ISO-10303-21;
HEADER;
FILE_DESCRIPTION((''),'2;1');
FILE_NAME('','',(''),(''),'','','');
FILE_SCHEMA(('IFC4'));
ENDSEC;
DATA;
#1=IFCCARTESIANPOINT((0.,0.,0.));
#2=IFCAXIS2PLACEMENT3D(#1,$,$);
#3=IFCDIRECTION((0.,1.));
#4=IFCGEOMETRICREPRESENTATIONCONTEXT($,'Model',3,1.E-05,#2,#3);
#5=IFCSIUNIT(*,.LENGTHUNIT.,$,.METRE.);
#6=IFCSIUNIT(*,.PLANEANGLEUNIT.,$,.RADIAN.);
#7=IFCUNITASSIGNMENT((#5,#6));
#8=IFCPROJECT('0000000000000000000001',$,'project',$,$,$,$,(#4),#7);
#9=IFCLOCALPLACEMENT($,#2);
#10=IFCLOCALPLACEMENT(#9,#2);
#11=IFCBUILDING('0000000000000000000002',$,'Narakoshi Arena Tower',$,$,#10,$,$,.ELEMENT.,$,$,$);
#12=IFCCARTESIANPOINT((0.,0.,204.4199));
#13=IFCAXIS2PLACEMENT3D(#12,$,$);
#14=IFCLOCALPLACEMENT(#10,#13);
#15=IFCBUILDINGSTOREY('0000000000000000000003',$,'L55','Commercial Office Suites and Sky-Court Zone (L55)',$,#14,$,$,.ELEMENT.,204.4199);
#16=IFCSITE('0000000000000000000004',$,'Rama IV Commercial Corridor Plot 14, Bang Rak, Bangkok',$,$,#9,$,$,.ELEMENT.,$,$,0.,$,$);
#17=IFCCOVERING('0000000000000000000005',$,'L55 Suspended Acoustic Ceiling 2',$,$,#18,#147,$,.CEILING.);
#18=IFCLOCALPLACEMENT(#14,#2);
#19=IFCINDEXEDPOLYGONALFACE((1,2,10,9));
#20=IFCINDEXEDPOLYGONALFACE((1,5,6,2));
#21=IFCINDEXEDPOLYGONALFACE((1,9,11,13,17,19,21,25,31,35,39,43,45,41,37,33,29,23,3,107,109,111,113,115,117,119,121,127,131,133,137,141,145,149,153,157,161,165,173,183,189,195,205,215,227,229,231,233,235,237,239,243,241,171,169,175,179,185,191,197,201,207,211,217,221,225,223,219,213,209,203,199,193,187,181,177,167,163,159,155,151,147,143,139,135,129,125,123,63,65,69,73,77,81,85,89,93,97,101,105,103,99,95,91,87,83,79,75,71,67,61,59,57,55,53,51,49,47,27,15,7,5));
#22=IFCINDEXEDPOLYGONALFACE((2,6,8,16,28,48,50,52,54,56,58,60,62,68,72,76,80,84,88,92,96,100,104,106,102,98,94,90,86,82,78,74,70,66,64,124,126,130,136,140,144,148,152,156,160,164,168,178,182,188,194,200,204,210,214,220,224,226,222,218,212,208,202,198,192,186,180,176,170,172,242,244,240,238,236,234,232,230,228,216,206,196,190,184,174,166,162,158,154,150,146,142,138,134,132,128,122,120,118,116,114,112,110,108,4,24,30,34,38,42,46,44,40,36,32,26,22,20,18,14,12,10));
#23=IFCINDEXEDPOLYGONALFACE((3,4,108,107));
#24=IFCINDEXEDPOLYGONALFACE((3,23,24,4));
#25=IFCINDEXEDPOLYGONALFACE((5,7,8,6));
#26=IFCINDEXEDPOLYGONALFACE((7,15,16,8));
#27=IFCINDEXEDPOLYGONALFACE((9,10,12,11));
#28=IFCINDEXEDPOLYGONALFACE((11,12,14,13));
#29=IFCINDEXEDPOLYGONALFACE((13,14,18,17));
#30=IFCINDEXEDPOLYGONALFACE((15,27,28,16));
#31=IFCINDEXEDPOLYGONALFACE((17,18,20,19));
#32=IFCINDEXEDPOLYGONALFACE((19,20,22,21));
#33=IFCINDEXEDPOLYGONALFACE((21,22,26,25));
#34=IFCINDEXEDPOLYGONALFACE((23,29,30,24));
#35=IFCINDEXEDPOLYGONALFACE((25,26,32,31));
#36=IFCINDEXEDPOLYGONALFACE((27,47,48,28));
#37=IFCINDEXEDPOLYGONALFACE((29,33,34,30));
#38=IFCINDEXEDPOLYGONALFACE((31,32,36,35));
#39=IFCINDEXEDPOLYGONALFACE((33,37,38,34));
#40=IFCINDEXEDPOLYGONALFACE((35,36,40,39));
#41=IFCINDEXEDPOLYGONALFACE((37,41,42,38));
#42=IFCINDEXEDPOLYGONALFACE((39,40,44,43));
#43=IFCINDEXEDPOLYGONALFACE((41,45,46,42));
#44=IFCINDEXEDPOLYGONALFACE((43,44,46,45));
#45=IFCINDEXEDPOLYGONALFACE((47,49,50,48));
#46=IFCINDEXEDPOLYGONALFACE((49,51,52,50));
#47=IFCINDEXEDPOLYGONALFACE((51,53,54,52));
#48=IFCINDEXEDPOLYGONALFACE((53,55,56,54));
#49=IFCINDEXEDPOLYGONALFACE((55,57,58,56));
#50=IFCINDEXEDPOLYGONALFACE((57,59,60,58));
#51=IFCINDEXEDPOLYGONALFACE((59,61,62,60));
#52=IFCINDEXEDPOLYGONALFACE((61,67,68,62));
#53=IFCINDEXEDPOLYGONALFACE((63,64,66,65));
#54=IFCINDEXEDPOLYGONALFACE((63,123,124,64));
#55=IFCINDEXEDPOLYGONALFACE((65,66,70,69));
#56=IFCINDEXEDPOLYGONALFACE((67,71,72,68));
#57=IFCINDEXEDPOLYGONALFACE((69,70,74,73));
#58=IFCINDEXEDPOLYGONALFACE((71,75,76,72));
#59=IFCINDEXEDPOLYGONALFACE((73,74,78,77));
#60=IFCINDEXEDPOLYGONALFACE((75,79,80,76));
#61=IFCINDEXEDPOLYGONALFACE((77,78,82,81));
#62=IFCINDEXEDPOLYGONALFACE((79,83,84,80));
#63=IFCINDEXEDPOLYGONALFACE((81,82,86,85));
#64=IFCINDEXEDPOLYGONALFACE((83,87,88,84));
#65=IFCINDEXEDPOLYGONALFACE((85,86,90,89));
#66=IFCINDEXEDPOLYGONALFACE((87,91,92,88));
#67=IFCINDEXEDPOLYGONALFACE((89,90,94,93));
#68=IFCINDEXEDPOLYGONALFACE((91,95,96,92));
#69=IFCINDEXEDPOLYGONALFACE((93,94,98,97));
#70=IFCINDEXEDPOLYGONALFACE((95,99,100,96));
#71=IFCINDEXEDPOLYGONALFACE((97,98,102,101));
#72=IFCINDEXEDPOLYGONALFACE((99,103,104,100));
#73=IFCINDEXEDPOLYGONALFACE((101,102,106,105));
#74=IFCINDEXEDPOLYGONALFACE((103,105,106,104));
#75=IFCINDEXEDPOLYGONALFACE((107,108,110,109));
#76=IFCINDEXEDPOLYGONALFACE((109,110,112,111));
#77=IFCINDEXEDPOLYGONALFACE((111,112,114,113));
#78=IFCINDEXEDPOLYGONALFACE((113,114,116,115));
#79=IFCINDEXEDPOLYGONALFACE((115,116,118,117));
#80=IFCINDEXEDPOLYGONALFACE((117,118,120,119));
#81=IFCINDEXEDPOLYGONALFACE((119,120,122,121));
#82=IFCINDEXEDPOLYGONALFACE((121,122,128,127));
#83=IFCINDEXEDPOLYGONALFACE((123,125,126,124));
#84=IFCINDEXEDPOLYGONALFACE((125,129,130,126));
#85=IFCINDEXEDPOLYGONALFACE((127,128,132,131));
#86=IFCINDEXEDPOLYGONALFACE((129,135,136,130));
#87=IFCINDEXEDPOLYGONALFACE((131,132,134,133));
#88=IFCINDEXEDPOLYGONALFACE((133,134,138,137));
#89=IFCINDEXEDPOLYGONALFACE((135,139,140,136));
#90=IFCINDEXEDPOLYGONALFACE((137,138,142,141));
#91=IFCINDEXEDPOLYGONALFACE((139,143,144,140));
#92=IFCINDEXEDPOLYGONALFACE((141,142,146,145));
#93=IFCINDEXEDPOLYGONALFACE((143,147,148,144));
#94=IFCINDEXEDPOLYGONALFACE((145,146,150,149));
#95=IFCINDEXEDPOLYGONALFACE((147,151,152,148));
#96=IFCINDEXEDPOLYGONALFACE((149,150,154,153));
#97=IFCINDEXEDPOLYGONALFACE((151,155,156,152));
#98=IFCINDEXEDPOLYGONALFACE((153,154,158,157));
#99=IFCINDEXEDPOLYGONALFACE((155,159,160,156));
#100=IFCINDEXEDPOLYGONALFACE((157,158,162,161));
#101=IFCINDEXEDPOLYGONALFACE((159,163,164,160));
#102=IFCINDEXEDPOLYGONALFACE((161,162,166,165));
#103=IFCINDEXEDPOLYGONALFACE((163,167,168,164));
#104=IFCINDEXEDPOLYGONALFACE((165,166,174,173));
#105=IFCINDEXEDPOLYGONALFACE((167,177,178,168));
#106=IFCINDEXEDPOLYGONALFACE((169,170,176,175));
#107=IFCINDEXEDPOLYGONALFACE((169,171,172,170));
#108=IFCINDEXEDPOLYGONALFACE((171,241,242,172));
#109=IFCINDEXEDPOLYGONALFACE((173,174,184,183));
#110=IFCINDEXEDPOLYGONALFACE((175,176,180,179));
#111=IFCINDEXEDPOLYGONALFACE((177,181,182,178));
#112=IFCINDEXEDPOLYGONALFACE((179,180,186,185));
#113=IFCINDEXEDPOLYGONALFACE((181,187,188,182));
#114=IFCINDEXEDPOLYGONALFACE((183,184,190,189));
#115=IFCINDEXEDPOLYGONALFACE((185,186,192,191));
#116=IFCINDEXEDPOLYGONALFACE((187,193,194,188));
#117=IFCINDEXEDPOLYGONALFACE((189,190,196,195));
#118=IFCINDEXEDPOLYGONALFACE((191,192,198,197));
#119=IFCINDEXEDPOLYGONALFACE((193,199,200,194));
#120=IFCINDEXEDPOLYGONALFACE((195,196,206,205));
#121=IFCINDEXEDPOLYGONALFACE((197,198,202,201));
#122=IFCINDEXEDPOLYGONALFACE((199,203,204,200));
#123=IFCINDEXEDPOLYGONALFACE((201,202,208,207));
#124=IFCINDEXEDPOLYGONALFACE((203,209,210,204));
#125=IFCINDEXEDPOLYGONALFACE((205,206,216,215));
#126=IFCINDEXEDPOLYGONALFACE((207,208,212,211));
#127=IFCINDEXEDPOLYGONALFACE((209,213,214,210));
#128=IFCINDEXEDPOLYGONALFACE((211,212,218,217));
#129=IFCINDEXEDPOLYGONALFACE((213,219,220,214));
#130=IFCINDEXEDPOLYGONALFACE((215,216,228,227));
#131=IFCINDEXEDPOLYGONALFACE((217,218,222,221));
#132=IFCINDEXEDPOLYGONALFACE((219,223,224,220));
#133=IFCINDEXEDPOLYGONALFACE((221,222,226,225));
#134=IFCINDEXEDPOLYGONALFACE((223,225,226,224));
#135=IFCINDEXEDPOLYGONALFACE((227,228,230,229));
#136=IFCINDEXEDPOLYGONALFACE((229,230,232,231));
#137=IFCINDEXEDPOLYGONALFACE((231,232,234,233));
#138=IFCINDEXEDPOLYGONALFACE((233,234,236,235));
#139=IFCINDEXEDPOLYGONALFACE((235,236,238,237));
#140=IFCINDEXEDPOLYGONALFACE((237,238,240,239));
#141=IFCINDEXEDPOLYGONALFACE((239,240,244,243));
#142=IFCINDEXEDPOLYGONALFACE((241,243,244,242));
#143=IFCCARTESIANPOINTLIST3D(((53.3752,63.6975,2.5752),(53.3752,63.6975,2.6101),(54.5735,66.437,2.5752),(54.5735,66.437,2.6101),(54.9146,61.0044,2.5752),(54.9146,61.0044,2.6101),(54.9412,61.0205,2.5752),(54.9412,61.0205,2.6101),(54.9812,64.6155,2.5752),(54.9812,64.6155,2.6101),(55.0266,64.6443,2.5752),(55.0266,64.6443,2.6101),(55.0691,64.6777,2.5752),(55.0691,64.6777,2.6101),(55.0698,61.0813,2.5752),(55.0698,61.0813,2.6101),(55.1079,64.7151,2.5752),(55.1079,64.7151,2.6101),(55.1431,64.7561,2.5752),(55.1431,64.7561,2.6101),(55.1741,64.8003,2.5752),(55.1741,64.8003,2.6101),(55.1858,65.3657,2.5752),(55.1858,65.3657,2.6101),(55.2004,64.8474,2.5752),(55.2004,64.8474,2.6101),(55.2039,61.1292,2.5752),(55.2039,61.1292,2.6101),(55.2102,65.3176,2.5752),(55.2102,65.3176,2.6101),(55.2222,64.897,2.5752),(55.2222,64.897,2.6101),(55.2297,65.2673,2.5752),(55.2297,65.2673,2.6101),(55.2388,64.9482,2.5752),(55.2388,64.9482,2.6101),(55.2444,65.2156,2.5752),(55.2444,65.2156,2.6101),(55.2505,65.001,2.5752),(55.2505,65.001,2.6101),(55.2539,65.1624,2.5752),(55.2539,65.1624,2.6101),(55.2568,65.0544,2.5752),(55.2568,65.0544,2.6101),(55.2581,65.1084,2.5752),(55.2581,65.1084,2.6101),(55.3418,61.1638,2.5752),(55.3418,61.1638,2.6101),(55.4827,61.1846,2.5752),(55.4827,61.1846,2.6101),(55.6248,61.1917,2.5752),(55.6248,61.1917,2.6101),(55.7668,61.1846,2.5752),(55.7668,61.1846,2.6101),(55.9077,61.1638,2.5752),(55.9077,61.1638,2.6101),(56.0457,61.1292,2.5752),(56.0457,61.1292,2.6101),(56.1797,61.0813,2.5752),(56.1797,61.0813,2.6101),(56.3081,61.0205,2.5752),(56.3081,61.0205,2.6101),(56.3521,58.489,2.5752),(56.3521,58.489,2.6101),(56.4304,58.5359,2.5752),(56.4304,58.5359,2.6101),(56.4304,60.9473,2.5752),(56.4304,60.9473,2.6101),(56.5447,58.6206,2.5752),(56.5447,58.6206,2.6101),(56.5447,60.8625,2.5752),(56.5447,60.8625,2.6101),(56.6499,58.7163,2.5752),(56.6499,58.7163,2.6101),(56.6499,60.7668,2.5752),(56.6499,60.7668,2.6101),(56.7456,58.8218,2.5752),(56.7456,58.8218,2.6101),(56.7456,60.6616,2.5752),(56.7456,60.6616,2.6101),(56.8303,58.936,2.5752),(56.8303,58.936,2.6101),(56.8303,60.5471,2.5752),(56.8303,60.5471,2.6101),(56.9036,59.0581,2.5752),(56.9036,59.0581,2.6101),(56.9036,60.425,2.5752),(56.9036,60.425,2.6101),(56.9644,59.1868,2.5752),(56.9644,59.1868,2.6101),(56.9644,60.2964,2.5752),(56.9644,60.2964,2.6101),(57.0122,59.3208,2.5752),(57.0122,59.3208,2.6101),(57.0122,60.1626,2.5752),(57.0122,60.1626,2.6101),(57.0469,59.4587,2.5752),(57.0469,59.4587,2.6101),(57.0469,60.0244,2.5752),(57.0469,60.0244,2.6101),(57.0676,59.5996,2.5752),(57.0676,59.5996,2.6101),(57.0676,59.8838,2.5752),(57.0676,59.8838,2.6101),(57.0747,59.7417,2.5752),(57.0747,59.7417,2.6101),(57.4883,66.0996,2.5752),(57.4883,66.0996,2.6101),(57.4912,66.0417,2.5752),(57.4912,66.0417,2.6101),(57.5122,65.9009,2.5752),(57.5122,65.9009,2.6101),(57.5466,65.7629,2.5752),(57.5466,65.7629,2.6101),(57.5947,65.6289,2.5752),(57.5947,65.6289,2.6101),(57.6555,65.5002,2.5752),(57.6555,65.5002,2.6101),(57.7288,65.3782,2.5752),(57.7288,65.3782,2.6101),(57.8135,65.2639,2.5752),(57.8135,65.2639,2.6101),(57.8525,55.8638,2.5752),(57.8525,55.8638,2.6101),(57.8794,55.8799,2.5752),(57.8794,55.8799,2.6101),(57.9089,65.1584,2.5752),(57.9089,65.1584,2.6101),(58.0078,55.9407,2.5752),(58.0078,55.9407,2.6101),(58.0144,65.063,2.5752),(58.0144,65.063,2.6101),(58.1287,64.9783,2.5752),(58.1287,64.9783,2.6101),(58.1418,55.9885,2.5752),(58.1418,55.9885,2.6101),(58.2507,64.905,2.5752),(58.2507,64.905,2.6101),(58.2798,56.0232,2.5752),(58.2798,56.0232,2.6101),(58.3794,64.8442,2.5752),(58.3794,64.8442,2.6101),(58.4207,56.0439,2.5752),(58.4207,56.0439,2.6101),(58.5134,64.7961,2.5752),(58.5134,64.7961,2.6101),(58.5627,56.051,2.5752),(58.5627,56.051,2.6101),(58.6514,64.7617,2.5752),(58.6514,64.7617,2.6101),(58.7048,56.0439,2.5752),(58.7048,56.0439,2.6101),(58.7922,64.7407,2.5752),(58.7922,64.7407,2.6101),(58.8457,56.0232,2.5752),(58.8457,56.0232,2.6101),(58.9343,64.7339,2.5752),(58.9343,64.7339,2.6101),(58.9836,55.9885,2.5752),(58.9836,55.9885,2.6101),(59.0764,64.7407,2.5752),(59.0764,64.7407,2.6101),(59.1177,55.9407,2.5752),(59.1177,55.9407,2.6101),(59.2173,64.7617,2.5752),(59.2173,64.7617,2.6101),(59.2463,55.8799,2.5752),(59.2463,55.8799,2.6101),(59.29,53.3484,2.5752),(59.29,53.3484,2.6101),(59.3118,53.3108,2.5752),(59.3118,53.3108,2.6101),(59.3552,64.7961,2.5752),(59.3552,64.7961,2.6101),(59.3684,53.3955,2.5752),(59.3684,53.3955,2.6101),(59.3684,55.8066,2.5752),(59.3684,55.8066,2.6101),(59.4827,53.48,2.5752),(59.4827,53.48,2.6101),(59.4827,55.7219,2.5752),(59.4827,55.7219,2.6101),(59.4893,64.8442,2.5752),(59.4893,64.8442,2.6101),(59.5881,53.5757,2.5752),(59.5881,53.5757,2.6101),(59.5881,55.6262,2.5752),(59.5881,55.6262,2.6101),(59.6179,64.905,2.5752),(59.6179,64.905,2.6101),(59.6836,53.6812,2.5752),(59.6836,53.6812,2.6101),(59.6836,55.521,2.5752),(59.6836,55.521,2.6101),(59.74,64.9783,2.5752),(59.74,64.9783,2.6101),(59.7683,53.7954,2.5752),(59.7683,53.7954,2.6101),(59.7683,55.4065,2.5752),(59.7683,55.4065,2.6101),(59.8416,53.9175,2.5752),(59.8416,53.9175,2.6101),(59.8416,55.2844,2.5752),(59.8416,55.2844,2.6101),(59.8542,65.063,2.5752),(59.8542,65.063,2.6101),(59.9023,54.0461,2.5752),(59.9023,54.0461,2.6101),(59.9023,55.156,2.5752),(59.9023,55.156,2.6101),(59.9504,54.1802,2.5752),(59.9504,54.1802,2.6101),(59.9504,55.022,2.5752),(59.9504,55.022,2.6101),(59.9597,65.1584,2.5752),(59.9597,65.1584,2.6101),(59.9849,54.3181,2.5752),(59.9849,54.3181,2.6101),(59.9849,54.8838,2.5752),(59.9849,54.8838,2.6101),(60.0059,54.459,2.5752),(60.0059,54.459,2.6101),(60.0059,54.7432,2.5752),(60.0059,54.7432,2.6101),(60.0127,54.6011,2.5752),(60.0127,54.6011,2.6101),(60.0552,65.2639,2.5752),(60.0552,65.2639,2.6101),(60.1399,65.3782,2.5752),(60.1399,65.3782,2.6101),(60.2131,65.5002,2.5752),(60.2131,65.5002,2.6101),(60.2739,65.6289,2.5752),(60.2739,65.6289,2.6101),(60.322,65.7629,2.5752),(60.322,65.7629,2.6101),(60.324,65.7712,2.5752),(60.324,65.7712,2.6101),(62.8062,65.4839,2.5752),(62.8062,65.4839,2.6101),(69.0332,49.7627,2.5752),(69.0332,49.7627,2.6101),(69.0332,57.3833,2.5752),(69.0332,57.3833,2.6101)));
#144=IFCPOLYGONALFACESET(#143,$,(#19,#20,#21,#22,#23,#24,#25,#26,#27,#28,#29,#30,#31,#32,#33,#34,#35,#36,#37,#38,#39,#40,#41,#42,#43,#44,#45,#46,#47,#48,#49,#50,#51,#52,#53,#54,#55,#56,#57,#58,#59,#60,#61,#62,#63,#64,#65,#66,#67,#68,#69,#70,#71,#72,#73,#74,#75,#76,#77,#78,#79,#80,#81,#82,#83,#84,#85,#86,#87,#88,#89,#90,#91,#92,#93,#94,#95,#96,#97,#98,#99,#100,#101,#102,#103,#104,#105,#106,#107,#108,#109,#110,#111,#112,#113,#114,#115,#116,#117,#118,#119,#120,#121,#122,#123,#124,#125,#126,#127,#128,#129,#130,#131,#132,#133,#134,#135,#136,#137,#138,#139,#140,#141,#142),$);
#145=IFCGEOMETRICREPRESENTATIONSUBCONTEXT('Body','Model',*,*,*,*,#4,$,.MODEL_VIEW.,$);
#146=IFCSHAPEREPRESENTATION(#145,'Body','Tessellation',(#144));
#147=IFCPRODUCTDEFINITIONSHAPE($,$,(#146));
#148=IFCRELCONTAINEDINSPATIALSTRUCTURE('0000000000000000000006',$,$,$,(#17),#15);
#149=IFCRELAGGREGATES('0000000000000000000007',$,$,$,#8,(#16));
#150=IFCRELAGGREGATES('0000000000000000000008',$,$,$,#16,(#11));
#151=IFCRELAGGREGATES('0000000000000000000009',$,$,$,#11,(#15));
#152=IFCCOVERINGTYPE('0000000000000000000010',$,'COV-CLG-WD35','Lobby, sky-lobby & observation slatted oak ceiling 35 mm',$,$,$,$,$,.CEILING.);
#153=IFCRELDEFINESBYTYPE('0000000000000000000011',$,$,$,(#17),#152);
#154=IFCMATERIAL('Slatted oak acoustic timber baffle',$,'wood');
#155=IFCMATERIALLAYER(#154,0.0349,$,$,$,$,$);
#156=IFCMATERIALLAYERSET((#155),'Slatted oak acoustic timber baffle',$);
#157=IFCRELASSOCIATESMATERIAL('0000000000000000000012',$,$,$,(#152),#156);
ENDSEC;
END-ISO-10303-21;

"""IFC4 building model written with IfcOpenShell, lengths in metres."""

from ifc_helpers import new_model, si_unit, direction, frame, origin, place, context, subcontext, project, spatial, polyline, outline, extrude, material, layer, layer_set, type_object, element, save


model = new_model("IFC4")

# Units and contexts
model_context = context("Model", 3, precision=1e-05, world=origin(), true_north=direction((0.0, 1.0)))
body_context = subcontext(model_context, "Body", "Model", "MODEL_VIEW")
ifc_project = project(units=[si_unit("LENGTHUNIT", "METRE"), si_unit("PLANEANGLEUNIT", "RADIAN")], contexts=[model_context])

# Site, building, storey
site_placement = place(None, origin())
site = spatial("IfcSite", under=ifc_project, at=site_placement, Name="Rama IV Commercial Corridor Plot 14, Bang Rak, Bangkok", CompositionType="ELEMENT", RefElevation=0.0)
building_placement = place(site_placement, origin())
building = spatial("IfcBuilding", under=site, at=building_placement, Name="Narakoshi Arena Tower", CompositionType="ELEMENT")
storey_placement = place(building_placement, frame((0.0, 0.0, 204.4199)))
storey = spatial("IfcBuildingStorey", under=building, at=storey_placement, Name="L55", Description="Commercial Office Suites and Sky-Court Zone (L55)", CompositionType="ELEMENT", Elevation=204.4199)

# Covering
ifc_material_1 = material(Name="Slatted oak acoustic timber baffle", Category="wood")
ifc_layer_1 = layer(ifc_material_1, 0.0349)
ifc_layer_set_1 = layer_set([ifc_layer_1], Name="Slatted oak acoustic timber baffle")
covering_type_1 = type_object("IfcCoveringType", Name="COV-CLG-WD35", Description="Lobby, sky-lobby & observation slatted oak ceiling 35 mm", PredefinedType="CEILING", material=ifc_layer_set_1)
covering_1_placement = place(storey_placement, frame((0.0, 0.0, 2.5752)))
element("IfcCovering", 1, at=covering_1_placement, inside=storey, type_object=covering_type_1, Name="L55 Suspended Acoustic Ceiling 2", PredefinedType="CEILING", context=body_context, shape_type="SweptSolid", body=[
    extrude(outline(polyline([(54.9812, 64.6155), (55.0266, 64.6443), (55.0691, 64.6777), (55.1079, 64.7151), (55.1431, 64.7561), (55.1741, 64.8003), (55.2004, 64.8474), (55.2222, 64.897), (55.2388, 64.9482), (55.2505, 65.001), (55.2568, 65.0544), (55.2581, 65.1084), (55.2539, 65.1624), (55.2444, 65.2156), (55.2297, 65.2673), (55.2102, 65.3176), (55.1858, 65.3657), (54.5735, 66.437), (57.4883, 66.0996), (57.4912, 66.0417), (57.5122, 65.9009), (57.5466, 65.7629), (57.5947, 65.6289), (57.6555, 65.5002), (57.7288, 65.3782), (57.8135, 65.2639), (57.9089, 65.1584), (58.0144, 65.063), (58.1287, 64.9783), (58.2507, 64.905), (58.3794, 64.8442), (58.5134, 64.7961), (58.6514, 64.7617), (58.7922, 64.7407), (58.9343, 64.7339), (59.0764, 64.7407), (59.2173, 64.7617), (59.3552, 64.7961), (59.4893, 64.8442), (59.6179, 64.905), (59.74, 64.9783), (59.8542, 65.063), (59.9597, 65.1584), (60.0552, 65.2639), (60.1399, 65.3782), (60.2131, 65.5002), (60.2739, 65.6289), (60.322, 65.7629), (60.324, 65.7712), (62.8062, 65.4839), (69.0332, 57.3833), (69.0332, 49.7627), (59.3118, 53.3108), (59.29, 53.3484), (59.3684, 53.3955), (59.4827, 53.48), (59.5881, 53.5757), (59.6836, 53.6812), (59.7683, 53.7954), (59.8416, 53.9175), (59.9023, 54.0461), (59.9504, 54.1802), (59.9849, 54.3181), (60.0059, 54.459), (60.0127, 54.6011), (60.0059, 54.7432), (59.9849, 54.8838), (59.9504, 55.022), (59.9023, 55.156), (59.8416, 55.2844), (59.7683, 55.4065), (59.6836, 55.521), (59.5881, 55.6262), (59.4827, 55.7219), (59.3684, 55.8066), (59.2463, 55.8799), (59.1177, 55.9407), (58.9836, 55.9885), (58.8457, 56.0232), (58.7048, 56.0439), (58.5627, 56.051), (58.4207, 56.0439), (58.2798, 56.0232), (58.1418, 55.9885), (58.0078, 55.9407), (57.8794, 55.8799), (57.8525, 55.8638), (56.3521, 58.489), (56.4304, 58.5359), (56.5447, 58.6206), (56.6499, 58.7163), (56.7456, 58.8218), (56.8303, 58.936), (56.9036, 59.0581), (56.9644, 59.1868), (57.0122, 59.3208), (57.0469, 59.4587), (57.0676, 59.5996), (57.0747, 59.7417), (57.0676, 59.8838), (57.0469, 60.0244), (57.0122, 60.1626), (56.9644, 60.2964), (56.9036, 60.425), (56.8303, 60.5471), (56.7456, 60.6616), (56.6499, 60.7668), (56.5447, 60.8625), (56.4304, 60.9473), (56.3081, 61.0205), (56.1797, 61.0813), (56.0457, 61.1292), (55.9077, 61.1638), (55.7668, 61.1846), (55.6248, 61.1917), (55.4827, 61.1846), (55.3418, 61.1638), (55.2039, 61.1292), (55.0698, 61.0813), (54.9412, 61.0205), (54.9146, 61.0044), (53.3752, 63.6975), (54.9812, 64.6155)])), origin(), (0.0, 0.0, 1.0), 0.0349),
])

save(model, "model.ifc")
